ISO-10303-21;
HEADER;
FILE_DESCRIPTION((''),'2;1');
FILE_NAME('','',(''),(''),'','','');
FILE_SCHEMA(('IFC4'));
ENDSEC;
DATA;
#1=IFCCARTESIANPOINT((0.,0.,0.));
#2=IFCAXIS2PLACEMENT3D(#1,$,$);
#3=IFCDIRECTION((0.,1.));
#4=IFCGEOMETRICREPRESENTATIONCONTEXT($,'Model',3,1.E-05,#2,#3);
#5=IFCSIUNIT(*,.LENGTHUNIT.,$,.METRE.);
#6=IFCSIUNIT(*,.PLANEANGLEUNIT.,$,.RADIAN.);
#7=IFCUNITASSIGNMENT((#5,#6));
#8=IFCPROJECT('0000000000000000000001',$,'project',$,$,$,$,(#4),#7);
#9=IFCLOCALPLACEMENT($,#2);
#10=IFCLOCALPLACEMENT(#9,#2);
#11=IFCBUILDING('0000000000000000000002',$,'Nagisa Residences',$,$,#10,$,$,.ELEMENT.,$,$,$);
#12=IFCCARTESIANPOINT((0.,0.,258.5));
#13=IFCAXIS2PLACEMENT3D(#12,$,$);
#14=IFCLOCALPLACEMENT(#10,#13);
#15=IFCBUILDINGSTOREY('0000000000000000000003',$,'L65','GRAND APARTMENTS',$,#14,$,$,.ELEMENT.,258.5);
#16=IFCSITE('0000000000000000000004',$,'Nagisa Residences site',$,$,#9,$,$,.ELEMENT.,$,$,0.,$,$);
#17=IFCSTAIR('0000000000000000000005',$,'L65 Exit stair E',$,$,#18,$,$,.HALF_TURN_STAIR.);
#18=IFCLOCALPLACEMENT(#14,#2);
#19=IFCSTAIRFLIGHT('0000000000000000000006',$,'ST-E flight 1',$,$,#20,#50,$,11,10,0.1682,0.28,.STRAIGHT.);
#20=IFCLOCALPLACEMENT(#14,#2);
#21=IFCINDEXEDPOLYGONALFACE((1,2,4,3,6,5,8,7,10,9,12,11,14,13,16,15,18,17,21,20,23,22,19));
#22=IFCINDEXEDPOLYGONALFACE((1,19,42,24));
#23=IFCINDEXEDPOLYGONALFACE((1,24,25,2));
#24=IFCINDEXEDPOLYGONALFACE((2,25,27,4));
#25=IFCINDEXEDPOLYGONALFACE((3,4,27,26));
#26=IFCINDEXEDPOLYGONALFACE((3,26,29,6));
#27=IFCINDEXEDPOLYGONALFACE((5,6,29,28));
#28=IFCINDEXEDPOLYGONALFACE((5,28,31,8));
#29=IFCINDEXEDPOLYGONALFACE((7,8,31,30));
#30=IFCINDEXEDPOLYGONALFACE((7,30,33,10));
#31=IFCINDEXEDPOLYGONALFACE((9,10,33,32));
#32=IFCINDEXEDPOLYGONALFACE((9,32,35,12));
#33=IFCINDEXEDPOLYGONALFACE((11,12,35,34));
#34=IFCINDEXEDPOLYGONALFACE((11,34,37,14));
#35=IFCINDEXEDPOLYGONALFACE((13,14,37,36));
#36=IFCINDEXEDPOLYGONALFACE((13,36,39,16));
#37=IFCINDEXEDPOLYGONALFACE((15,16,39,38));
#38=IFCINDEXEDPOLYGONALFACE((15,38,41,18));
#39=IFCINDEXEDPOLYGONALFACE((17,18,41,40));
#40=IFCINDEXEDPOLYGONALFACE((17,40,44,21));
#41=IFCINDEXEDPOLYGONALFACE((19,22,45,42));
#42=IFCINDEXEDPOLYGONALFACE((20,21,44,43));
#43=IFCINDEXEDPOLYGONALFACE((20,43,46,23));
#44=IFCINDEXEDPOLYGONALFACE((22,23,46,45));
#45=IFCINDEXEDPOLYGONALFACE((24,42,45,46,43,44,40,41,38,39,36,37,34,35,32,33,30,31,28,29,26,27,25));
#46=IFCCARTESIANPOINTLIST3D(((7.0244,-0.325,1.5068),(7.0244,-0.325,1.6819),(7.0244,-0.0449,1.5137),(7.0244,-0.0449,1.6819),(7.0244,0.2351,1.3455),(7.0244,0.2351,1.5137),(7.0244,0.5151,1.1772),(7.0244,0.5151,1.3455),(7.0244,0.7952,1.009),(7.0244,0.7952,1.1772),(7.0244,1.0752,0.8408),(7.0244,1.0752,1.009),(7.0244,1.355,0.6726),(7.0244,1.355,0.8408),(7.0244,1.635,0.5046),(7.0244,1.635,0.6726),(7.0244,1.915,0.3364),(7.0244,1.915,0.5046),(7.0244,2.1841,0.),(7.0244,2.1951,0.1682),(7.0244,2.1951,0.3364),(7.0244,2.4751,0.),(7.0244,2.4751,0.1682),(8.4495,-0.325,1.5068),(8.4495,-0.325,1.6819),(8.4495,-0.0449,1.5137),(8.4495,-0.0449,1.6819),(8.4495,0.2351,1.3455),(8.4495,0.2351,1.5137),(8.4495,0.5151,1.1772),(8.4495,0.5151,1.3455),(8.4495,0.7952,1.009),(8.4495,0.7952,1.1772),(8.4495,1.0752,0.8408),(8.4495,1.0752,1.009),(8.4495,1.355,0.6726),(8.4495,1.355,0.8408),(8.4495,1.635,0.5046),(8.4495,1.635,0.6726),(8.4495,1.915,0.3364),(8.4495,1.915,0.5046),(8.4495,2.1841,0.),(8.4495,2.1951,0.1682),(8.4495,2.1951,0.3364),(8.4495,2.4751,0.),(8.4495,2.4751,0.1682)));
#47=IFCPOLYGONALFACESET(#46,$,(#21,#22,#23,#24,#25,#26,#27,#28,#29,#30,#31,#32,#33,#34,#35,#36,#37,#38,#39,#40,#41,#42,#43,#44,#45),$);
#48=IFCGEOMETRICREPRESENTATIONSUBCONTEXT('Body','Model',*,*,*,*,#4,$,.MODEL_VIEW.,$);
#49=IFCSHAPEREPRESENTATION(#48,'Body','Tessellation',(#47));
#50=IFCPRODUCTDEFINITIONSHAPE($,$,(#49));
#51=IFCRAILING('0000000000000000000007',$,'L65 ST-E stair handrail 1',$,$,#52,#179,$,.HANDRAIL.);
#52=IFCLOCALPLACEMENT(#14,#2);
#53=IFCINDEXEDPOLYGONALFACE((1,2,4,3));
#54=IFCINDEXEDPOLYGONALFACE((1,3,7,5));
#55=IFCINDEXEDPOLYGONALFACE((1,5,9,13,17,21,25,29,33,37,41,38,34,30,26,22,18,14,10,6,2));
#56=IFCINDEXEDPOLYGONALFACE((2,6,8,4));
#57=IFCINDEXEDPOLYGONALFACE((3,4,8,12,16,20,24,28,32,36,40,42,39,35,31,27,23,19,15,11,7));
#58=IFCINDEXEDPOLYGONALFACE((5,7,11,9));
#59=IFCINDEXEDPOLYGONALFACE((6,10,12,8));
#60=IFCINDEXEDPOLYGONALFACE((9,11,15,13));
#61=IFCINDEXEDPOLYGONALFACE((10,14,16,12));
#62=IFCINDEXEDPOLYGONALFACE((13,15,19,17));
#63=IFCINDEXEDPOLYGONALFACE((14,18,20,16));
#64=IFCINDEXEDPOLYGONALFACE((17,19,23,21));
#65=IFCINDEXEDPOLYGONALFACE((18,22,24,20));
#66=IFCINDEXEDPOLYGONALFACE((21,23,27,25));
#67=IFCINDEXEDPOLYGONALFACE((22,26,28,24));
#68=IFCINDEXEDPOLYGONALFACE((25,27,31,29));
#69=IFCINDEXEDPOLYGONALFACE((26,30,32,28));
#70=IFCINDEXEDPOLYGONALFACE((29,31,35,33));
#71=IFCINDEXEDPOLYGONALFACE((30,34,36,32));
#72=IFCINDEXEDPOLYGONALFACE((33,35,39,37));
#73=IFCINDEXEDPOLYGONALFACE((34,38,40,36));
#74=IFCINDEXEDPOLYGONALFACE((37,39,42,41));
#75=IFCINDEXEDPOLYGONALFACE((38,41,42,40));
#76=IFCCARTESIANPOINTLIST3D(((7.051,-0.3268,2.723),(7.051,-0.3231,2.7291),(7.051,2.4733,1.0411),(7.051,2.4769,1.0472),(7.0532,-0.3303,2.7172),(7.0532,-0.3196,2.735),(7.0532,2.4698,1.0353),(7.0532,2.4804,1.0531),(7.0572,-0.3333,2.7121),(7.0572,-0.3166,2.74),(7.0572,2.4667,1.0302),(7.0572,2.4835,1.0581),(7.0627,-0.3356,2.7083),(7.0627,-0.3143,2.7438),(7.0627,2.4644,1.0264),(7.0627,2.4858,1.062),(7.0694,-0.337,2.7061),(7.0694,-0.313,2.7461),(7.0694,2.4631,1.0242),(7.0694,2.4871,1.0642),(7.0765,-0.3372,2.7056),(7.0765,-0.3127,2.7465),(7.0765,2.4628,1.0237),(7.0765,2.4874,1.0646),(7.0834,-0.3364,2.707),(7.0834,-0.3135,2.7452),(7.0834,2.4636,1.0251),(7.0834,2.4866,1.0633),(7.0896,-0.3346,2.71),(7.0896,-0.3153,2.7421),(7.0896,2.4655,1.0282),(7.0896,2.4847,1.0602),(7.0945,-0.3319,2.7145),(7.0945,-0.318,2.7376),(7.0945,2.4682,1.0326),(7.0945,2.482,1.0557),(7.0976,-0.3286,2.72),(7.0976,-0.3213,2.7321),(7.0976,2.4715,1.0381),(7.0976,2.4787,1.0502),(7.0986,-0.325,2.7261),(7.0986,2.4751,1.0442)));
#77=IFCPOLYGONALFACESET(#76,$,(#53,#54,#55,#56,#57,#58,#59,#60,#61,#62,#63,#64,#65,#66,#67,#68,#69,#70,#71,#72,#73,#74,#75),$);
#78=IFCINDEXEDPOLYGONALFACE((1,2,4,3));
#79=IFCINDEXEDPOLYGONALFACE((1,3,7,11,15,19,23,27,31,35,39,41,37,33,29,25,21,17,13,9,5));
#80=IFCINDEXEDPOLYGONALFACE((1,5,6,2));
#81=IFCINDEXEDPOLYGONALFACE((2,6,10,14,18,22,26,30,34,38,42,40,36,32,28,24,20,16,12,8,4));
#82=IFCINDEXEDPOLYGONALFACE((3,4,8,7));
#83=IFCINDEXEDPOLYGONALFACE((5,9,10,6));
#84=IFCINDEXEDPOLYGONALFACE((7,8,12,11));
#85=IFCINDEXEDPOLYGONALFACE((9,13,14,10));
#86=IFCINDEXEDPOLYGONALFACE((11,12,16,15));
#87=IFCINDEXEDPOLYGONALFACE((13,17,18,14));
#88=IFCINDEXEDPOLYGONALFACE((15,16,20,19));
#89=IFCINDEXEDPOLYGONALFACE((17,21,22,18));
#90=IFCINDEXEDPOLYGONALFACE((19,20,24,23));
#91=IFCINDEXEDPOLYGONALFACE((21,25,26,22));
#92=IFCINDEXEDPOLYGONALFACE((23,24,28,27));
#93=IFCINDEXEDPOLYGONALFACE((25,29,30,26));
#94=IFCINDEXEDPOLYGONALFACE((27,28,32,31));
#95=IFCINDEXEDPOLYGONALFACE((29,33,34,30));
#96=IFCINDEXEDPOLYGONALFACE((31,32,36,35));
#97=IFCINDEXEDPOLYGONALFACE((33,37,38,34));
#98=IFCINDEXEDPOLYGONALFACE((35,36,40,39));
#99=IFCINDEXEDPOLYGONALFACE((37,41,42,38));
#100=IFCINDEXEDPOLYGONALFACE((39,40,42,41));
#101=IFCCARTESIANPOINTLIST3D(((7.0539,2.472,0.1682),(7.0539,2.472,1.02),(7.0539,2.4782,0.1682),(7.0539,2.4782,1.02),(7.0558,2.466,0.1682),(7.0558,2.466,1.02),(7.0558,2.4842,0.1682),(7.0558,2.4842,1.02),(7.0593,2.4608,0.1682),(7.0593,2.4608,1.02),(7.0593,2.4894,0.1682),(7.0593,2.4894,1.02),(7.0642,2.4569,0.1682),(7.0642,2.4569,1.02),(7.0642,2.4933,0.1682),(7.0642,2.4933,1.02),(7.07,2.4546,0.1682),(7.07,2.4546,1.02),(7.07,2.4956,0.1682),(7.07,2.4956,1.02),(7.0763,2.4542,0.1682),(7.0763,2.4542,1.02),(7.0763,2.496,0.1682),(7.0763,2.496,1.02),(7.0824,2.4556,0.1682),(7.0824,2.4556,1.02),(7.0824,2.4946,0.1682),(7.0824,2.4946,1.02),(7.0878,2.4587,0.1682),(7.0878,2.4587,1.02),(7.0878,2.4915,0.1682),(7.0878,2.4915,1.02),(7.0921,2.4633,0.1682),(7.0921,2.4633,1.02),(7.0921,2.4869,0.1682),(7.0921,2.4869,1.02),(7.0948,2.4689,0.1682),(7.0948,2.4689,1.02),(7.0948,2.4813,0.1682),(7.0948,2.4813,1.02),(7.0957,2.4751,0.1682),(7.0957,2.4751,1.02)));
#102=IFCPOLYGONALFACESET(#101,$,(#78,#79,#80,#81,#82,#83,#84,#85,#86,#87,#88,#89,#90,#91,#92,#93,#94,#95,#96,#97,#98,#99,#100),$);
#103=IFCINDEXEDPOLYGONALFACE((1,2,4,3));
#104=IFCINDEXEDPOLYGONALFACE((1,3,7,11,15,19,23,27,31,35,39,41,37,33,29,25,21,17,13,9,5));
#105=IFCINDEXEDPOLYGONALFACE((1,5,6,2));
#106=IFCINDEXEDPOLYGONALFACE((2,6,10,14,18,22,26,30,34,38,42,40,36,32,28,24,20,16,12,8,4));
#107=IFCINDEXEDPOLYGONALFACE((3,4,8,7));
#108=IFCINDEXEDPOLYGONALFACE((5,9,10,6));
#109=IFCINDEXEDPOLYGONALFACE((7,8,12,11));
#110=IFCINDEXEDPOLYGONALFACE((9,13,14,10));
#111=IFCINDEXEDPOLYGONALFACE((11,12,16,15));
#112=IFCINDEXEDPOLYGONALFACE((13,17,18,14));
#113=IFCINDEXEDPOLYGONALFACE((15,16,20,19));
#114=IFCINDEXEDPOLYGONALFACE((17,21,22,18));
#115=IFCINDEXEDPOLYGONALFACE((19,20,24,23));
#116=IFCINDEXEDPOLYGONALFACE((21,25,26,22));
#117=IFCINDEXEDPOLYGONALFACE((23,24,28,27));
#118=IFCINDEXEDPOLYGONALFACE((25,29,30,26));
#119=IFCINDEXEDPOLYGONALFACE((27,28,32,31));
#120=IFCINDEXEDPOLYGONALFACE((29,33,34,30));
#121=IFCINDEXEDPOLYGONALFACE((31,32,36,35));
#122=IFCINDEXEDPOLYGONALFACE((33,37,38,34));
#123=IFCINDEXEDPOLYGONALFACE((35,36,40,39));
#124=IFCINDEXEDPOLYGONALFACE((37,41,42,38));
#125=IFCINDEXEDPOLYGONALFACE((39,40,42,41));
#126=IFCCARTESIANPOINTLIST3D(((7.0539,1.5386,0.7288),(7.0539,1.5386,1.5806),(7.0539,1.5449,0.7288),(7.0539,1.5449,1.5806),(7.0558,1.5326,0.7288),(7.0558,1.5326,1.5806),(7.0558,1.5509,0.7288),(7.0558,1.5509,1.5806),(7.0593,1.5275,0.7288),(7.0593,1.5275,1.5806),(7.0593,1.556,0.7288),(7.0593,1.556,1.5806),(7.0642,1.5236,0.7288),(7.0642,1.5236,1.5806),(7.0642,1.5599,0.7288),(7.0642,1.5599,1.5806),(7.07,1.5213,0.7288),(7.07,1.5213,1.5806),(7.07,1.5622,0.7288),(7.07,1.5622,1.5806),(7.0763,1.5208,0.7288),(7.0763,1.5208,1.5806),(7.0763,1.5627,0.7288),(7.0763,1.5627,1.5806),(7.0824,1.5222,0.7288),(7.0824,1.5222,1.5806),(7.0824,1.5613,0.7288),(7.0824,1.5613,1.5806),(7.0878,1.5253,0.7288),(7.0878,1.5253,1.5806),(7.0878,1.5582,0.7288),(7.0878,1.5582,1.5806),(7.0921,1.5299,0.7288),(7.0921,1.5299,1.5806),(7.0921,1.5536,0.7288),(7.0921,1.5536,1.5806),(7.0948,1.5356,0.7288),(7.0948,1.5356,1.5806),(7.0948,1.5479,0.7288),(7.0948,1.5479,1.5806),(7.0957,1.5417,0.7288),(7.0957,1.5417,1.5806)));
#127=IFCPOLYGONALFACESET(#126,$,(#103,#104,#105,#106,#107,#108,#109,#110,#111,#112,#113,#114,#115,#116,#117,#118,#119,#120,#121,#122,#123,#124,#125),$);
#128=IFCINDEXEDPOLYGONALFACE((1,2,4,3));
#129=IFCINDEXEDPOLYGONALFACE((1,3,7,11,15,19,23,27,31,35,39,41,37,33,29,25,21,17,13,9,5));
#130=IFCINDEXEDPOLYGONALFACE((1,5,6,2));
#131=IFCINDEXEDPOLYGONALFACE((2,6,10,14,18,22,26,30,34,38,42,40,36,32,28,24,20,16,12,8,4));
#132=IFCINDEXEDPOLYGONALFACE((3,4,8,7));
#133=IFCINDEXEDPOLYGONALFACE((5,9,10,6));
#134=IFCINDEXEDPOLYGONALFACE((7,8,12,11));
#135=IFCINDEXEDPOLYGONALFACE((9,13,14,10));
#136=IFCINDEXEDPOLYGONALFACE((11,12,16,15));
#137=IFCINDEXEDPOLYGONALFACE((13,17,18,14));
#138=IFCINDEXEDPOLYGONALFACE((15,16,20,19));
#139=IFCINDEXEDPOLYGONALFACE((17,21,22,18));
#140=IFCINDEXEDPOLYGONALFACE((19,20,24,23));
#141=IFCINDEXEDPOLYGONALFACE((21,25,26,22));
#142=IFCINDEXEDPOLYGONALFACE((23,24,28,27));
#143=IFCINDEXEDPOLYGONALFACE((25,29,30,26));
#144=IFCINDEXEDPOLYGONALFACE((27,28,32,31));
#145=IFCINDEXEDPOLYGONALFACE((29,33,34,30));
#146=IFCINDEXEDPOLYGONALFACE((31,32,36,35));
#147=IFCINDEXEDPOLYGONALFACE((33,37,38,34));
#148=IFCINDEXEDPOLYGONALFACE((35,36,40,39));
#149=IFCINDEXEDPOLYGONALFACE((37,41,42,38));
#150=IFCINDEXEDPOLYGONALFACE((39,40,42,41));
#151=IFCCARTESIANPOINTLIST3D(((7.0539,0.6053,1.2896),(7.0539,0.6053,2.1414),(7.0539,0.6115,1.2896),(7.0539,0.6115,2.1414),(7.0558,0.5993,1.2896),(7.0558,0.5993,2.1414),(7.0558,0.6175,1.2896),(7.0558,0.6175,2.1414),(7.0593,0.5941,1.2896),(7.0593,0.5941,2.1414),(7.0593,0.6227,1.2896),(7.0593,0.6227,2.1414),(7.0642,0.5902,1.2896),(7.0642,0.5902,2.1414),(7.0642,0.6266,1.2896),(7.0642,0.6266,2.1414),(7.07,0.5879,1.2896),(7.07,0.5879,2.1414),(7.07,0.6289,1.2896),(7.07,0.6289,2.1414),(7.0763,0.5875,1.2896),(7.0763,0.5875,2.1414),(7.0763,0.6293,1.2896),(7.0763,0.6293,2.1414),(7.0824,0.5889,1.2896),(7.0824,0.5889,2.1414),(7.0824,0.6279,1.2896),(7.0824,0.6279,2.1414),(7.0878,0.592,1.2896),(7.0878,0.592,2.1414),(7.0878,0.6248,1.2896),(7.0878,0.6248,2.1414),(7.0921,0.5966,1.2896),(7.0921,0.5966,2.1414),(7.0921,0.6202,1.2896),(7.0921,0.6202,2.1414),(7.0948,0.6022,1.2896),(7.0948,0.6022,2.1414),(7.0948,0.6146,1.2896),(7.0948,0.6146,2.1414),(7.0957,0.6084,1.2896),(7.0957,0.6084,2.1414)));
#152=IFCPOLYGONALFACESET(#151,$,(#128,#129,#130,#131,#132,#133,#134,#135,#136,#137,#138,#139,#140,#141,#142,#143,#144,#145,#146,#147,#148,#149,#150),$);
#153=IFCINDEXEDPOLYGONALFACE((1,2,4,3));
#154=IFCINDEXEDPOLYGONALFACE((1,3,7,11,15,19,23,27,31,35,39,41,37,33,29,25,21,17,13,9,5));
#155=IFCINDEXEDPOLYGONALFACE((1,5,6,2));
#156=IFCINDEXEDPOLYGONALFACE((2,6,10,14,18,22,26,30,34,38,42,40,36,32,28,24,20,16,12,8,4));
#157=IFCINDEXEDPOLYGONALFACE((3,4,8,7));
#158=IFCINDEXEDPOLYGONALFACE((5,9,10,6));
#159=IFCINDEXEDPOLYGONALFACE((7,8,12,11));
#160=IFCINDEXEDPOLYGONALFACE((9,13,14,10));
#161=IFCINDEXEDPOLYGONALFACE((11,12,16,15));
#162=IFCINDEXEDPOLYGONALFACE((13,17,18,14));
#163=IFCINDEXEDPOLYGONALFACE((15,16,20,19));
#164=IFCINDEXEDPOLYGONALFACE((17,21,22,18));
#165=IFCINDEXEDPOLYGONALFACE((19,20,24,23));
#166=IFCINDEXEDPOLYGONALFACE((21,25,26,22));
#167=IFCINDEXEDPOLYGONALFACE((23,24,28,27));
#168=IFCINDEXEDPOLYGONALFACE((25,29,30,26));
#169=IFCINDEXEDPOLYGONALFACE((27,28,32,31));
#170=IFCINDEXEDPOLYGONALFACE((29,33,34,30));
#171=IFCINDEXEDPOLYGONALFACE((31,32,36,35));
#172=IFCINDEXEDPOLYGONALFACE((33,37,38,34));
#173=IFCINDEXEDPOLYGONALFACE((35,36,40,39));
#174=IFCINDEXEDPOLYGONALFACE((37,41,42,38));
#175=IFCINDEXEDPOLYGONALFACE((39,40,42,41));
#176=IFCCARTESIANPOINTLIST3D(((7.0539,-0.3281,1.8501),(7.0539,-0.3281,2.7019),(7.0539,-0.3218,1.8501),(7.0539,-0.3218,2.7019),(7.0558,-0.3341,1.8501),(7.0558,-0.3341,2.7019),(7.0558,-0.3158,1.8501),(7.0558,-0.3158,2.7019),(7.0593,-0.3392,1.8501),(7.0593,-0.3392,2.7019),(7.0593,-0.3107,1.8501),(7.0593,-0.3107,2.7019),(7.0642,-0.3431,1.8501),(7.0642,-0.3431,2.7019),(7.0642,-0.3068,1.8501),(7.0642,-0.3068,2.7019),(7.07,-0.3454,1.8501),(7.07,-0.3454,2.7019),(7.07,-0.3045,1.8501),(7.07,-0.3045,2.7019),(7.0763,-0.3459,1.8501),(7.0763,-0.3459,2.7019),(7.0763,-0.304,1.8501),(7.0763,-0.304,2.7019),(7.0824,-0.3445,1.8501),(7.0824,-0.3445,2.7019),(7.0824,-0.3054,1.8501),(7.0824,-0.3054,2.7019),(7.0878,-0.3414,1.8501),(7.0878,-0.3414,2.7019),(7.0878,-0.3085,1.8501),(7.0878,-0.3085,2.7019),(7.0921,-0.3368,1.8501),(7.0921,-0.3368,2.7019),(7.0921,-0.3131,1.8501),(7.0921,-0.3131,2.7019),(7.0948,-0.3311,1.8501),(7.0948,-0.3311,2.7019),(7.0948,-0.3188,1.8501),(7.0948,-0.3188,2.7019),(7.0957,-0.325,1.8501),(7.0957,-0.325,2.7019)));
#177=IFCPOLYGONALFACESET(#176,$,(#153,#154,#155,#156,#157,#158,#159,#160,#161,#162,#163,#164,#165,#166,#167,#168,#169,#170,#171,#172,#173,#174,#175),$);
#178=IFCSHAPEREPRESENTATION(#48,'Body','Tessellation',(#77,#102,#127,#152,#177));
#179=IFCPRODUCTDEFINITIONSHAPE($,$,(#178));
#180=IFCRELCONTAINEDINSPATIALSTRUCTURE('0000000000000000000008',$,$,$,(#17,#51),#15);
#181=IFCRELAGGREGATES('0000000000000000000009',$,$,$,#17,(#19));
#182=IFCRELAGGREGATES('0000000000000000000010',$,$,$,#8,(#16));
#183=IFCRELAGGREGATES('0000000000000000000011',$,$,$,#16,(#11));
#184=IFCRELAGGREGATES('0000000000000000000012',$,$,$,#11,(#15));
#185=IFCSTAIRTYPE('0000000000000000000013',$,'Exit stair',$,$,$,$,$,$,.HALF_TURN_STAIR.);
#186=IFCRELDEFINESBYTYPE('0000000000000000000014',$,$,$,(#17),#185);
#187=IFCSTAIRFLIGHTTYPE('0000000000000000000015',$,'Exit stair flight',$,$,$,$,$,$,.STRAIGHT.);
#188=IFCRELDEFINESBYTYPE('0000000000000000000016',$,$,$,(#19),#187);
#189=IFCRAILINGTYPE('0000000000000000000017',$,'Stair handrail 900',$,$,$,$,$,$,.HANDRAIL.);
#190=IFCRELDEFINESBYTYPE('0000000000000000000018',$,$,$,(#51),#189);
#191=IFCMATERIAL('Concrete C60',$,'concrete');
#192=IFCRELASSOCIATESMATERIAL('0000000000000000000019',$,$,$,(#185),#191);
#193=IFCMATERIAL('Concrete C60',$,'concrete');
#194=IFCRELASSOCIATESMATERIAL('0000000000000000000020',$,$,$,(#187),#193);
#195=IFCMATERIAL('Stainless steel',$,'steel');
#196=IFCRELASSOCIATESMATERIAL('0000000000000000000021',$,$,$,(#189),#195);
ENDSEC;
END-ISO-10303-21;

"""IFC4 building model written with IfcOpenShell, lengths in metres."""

from ifc_helpers import new_model, si_unit, direction, frame, origin, origin_2d, place, context, subcontext, project, spatial, polyline, circle, outline, extrude, material, type_object, element, aggregate, save


model = new_model("IFC4")

# Units and contexts
model_context = context("Model", 3, precision=1e-05, world=origin(), true_north=direction((0.0, 1.0)))
body_context = subcontext(model_context, "Body", "Model", "MODEL_VIEW")
ifc_project = project(units=[si_unit("LENGTHUNIT", "METRE"), si_unit("PLANEANGLEUNIT", "RADIAN")], contexts=[model_context])

# Site, building, storey
site_placement = place(None, origin())
site = spatial("IfcSite", under=ifc_project, at=site_placement, Name="Nagisa Residences site", CompositionType="ELEMENT", RefElevation=0.0)
building_placement = place(site_placement, origin())
building = spatial("IfcBuilding", under=site, at=building_placement, Name="Nagisa Residences", CompositionType="ELEMENT")
storey_placement = place(building_placement, frame((0.0, 0.0, 258.5)))
storey = spatial("IfcBuildingStorey", under=building, at=storey_placement, Name="L65", Description="GRAND APARTMENTS", CompositionType="ELEMENT", Elevation=258.5)

# Stair
ifc_material_1 = material(Name="Concrete C60", Category="concrete")
stair_type = type_object("IfcStairType", Name="Exit stair", PredefinedType="HALF_TURN_STAIR", material=ifc_material_1)
stair_1_placement = place(storey_placement, origin())
stair_1 = element("IfcStair", 1, at=stair_1_placement, inside=storey, type_object=stair_type, Name="L65 Exit stair E", PredefinedType="HALF_TURN_STAIR")

# Stair flight
ifc_material_2 = material(Name="Concrete C60", Category="concrete")
stair_flight_type = type_object("IfcStairFlightType", Name="Exit stair flight", PredefinedType="STRAIGHT", material=ifc_material_2)
stair_flight_placement = place(storey_placement, frame((7.7371, 2.4751, 0.0), z_axis=(0.0, 0.0, 1.0), x_axis=(0.0, -1.0, 0.0)))
stair_flight = element("IfcStairFlight", 2, at=stair_flight_placement, type_object=stair_flight_type, Name="ST-E flight 1", NumberOfRisers=11, NumberOfTreads=10, PredefinedType="STRAIGHT", RiserHeight=0.1682, TreadLength=0.28, context=body_context, shape_type="SweptSolid", body=[
    extrude(outline(polyline([(0.0, 0.0), (0.0, 0.1682), (0.28, 0.1682), (0.28, 0.3364), (0.5601, 0.3364), (0.5601, 0.5046), (0.8401, 0.5046), (0.8401, 0.6726), (1.1201, 0.6726), (1.1201, 0.8408), (1.3999, 0.8408), (1.3999, 1.009), (1.6799, 1.009), (1.6799, 1.1772), (1.96, 1.1772), (1.96, 1.3455), (2.24, 1.3455), (2.24, 1.5137), (2.52, 1.5137), (2.52, 1.6819), (2.8, 1.6819), (2.8, 1.8501), (2.8, 1.5068), (0.291, 0.0), (0.0, 0.0)])), frame((0.0, 0.7124, 0.0), z_axis=(0.0, -1.0, 0.0), x_axis=(1.0, 0.0, 0.0)), (0.0, 0.0, 1.0), 1.425),
])
aggregate(stair_1, [stair_flight])

# Railing
ifc_material_3 = material(Name="Stainless steel", Category="steel")
railing_type_1 = type_object("IfcRailingType", Name="Stair handrail 900", PredefinedType="HANDRAIL", material=ifc_material_3)
railing_1_placement = place(storey_placement, frame((7.0747, 2.4751, 0.1682)))
element("IfcRailing", 3, at=railing_1_placement, inside=storey, type_object=railing_type_1, Name="L65 ST-E stair handrail 1", PredefinedType="HANDRAIL", context=body_context, shape_type="SweptSolid", body=[
    extrude(circle(Radius=0.0239, at=origin_2d()), frame((0.0, 0.0, 0.876), z_axis=(0.0, -0.857242, 0.514913), x_axis=(1.0, 0.0, 0.0)), (0.0, 0.0, 1.0), 3.2664),
    extrude(circle(Radius=0.021, at=origin_2d()), origin(), (0.0, 0.0, 1.0), 0.8518),
    extrude(circle(Radius=0.021, at=origin_2d()), frame((0.0, -0.9333, 0.5605)), (0.0, 0.0, 1.0), 0.8518),
    extrude(circle(Radius=0.021, at=origin_2d()), frame((0.0, -1.8667, 1.1213)), (0.0, 0.0, 1.0), 0.8518),
    extrude(circle(Radius=0.021, at=origin_2d()), frame((0.0, -2.8, 1.6819)), (0.0, 0.0, 1.0), 0.8518),
])

save(model, "model.ifc")
